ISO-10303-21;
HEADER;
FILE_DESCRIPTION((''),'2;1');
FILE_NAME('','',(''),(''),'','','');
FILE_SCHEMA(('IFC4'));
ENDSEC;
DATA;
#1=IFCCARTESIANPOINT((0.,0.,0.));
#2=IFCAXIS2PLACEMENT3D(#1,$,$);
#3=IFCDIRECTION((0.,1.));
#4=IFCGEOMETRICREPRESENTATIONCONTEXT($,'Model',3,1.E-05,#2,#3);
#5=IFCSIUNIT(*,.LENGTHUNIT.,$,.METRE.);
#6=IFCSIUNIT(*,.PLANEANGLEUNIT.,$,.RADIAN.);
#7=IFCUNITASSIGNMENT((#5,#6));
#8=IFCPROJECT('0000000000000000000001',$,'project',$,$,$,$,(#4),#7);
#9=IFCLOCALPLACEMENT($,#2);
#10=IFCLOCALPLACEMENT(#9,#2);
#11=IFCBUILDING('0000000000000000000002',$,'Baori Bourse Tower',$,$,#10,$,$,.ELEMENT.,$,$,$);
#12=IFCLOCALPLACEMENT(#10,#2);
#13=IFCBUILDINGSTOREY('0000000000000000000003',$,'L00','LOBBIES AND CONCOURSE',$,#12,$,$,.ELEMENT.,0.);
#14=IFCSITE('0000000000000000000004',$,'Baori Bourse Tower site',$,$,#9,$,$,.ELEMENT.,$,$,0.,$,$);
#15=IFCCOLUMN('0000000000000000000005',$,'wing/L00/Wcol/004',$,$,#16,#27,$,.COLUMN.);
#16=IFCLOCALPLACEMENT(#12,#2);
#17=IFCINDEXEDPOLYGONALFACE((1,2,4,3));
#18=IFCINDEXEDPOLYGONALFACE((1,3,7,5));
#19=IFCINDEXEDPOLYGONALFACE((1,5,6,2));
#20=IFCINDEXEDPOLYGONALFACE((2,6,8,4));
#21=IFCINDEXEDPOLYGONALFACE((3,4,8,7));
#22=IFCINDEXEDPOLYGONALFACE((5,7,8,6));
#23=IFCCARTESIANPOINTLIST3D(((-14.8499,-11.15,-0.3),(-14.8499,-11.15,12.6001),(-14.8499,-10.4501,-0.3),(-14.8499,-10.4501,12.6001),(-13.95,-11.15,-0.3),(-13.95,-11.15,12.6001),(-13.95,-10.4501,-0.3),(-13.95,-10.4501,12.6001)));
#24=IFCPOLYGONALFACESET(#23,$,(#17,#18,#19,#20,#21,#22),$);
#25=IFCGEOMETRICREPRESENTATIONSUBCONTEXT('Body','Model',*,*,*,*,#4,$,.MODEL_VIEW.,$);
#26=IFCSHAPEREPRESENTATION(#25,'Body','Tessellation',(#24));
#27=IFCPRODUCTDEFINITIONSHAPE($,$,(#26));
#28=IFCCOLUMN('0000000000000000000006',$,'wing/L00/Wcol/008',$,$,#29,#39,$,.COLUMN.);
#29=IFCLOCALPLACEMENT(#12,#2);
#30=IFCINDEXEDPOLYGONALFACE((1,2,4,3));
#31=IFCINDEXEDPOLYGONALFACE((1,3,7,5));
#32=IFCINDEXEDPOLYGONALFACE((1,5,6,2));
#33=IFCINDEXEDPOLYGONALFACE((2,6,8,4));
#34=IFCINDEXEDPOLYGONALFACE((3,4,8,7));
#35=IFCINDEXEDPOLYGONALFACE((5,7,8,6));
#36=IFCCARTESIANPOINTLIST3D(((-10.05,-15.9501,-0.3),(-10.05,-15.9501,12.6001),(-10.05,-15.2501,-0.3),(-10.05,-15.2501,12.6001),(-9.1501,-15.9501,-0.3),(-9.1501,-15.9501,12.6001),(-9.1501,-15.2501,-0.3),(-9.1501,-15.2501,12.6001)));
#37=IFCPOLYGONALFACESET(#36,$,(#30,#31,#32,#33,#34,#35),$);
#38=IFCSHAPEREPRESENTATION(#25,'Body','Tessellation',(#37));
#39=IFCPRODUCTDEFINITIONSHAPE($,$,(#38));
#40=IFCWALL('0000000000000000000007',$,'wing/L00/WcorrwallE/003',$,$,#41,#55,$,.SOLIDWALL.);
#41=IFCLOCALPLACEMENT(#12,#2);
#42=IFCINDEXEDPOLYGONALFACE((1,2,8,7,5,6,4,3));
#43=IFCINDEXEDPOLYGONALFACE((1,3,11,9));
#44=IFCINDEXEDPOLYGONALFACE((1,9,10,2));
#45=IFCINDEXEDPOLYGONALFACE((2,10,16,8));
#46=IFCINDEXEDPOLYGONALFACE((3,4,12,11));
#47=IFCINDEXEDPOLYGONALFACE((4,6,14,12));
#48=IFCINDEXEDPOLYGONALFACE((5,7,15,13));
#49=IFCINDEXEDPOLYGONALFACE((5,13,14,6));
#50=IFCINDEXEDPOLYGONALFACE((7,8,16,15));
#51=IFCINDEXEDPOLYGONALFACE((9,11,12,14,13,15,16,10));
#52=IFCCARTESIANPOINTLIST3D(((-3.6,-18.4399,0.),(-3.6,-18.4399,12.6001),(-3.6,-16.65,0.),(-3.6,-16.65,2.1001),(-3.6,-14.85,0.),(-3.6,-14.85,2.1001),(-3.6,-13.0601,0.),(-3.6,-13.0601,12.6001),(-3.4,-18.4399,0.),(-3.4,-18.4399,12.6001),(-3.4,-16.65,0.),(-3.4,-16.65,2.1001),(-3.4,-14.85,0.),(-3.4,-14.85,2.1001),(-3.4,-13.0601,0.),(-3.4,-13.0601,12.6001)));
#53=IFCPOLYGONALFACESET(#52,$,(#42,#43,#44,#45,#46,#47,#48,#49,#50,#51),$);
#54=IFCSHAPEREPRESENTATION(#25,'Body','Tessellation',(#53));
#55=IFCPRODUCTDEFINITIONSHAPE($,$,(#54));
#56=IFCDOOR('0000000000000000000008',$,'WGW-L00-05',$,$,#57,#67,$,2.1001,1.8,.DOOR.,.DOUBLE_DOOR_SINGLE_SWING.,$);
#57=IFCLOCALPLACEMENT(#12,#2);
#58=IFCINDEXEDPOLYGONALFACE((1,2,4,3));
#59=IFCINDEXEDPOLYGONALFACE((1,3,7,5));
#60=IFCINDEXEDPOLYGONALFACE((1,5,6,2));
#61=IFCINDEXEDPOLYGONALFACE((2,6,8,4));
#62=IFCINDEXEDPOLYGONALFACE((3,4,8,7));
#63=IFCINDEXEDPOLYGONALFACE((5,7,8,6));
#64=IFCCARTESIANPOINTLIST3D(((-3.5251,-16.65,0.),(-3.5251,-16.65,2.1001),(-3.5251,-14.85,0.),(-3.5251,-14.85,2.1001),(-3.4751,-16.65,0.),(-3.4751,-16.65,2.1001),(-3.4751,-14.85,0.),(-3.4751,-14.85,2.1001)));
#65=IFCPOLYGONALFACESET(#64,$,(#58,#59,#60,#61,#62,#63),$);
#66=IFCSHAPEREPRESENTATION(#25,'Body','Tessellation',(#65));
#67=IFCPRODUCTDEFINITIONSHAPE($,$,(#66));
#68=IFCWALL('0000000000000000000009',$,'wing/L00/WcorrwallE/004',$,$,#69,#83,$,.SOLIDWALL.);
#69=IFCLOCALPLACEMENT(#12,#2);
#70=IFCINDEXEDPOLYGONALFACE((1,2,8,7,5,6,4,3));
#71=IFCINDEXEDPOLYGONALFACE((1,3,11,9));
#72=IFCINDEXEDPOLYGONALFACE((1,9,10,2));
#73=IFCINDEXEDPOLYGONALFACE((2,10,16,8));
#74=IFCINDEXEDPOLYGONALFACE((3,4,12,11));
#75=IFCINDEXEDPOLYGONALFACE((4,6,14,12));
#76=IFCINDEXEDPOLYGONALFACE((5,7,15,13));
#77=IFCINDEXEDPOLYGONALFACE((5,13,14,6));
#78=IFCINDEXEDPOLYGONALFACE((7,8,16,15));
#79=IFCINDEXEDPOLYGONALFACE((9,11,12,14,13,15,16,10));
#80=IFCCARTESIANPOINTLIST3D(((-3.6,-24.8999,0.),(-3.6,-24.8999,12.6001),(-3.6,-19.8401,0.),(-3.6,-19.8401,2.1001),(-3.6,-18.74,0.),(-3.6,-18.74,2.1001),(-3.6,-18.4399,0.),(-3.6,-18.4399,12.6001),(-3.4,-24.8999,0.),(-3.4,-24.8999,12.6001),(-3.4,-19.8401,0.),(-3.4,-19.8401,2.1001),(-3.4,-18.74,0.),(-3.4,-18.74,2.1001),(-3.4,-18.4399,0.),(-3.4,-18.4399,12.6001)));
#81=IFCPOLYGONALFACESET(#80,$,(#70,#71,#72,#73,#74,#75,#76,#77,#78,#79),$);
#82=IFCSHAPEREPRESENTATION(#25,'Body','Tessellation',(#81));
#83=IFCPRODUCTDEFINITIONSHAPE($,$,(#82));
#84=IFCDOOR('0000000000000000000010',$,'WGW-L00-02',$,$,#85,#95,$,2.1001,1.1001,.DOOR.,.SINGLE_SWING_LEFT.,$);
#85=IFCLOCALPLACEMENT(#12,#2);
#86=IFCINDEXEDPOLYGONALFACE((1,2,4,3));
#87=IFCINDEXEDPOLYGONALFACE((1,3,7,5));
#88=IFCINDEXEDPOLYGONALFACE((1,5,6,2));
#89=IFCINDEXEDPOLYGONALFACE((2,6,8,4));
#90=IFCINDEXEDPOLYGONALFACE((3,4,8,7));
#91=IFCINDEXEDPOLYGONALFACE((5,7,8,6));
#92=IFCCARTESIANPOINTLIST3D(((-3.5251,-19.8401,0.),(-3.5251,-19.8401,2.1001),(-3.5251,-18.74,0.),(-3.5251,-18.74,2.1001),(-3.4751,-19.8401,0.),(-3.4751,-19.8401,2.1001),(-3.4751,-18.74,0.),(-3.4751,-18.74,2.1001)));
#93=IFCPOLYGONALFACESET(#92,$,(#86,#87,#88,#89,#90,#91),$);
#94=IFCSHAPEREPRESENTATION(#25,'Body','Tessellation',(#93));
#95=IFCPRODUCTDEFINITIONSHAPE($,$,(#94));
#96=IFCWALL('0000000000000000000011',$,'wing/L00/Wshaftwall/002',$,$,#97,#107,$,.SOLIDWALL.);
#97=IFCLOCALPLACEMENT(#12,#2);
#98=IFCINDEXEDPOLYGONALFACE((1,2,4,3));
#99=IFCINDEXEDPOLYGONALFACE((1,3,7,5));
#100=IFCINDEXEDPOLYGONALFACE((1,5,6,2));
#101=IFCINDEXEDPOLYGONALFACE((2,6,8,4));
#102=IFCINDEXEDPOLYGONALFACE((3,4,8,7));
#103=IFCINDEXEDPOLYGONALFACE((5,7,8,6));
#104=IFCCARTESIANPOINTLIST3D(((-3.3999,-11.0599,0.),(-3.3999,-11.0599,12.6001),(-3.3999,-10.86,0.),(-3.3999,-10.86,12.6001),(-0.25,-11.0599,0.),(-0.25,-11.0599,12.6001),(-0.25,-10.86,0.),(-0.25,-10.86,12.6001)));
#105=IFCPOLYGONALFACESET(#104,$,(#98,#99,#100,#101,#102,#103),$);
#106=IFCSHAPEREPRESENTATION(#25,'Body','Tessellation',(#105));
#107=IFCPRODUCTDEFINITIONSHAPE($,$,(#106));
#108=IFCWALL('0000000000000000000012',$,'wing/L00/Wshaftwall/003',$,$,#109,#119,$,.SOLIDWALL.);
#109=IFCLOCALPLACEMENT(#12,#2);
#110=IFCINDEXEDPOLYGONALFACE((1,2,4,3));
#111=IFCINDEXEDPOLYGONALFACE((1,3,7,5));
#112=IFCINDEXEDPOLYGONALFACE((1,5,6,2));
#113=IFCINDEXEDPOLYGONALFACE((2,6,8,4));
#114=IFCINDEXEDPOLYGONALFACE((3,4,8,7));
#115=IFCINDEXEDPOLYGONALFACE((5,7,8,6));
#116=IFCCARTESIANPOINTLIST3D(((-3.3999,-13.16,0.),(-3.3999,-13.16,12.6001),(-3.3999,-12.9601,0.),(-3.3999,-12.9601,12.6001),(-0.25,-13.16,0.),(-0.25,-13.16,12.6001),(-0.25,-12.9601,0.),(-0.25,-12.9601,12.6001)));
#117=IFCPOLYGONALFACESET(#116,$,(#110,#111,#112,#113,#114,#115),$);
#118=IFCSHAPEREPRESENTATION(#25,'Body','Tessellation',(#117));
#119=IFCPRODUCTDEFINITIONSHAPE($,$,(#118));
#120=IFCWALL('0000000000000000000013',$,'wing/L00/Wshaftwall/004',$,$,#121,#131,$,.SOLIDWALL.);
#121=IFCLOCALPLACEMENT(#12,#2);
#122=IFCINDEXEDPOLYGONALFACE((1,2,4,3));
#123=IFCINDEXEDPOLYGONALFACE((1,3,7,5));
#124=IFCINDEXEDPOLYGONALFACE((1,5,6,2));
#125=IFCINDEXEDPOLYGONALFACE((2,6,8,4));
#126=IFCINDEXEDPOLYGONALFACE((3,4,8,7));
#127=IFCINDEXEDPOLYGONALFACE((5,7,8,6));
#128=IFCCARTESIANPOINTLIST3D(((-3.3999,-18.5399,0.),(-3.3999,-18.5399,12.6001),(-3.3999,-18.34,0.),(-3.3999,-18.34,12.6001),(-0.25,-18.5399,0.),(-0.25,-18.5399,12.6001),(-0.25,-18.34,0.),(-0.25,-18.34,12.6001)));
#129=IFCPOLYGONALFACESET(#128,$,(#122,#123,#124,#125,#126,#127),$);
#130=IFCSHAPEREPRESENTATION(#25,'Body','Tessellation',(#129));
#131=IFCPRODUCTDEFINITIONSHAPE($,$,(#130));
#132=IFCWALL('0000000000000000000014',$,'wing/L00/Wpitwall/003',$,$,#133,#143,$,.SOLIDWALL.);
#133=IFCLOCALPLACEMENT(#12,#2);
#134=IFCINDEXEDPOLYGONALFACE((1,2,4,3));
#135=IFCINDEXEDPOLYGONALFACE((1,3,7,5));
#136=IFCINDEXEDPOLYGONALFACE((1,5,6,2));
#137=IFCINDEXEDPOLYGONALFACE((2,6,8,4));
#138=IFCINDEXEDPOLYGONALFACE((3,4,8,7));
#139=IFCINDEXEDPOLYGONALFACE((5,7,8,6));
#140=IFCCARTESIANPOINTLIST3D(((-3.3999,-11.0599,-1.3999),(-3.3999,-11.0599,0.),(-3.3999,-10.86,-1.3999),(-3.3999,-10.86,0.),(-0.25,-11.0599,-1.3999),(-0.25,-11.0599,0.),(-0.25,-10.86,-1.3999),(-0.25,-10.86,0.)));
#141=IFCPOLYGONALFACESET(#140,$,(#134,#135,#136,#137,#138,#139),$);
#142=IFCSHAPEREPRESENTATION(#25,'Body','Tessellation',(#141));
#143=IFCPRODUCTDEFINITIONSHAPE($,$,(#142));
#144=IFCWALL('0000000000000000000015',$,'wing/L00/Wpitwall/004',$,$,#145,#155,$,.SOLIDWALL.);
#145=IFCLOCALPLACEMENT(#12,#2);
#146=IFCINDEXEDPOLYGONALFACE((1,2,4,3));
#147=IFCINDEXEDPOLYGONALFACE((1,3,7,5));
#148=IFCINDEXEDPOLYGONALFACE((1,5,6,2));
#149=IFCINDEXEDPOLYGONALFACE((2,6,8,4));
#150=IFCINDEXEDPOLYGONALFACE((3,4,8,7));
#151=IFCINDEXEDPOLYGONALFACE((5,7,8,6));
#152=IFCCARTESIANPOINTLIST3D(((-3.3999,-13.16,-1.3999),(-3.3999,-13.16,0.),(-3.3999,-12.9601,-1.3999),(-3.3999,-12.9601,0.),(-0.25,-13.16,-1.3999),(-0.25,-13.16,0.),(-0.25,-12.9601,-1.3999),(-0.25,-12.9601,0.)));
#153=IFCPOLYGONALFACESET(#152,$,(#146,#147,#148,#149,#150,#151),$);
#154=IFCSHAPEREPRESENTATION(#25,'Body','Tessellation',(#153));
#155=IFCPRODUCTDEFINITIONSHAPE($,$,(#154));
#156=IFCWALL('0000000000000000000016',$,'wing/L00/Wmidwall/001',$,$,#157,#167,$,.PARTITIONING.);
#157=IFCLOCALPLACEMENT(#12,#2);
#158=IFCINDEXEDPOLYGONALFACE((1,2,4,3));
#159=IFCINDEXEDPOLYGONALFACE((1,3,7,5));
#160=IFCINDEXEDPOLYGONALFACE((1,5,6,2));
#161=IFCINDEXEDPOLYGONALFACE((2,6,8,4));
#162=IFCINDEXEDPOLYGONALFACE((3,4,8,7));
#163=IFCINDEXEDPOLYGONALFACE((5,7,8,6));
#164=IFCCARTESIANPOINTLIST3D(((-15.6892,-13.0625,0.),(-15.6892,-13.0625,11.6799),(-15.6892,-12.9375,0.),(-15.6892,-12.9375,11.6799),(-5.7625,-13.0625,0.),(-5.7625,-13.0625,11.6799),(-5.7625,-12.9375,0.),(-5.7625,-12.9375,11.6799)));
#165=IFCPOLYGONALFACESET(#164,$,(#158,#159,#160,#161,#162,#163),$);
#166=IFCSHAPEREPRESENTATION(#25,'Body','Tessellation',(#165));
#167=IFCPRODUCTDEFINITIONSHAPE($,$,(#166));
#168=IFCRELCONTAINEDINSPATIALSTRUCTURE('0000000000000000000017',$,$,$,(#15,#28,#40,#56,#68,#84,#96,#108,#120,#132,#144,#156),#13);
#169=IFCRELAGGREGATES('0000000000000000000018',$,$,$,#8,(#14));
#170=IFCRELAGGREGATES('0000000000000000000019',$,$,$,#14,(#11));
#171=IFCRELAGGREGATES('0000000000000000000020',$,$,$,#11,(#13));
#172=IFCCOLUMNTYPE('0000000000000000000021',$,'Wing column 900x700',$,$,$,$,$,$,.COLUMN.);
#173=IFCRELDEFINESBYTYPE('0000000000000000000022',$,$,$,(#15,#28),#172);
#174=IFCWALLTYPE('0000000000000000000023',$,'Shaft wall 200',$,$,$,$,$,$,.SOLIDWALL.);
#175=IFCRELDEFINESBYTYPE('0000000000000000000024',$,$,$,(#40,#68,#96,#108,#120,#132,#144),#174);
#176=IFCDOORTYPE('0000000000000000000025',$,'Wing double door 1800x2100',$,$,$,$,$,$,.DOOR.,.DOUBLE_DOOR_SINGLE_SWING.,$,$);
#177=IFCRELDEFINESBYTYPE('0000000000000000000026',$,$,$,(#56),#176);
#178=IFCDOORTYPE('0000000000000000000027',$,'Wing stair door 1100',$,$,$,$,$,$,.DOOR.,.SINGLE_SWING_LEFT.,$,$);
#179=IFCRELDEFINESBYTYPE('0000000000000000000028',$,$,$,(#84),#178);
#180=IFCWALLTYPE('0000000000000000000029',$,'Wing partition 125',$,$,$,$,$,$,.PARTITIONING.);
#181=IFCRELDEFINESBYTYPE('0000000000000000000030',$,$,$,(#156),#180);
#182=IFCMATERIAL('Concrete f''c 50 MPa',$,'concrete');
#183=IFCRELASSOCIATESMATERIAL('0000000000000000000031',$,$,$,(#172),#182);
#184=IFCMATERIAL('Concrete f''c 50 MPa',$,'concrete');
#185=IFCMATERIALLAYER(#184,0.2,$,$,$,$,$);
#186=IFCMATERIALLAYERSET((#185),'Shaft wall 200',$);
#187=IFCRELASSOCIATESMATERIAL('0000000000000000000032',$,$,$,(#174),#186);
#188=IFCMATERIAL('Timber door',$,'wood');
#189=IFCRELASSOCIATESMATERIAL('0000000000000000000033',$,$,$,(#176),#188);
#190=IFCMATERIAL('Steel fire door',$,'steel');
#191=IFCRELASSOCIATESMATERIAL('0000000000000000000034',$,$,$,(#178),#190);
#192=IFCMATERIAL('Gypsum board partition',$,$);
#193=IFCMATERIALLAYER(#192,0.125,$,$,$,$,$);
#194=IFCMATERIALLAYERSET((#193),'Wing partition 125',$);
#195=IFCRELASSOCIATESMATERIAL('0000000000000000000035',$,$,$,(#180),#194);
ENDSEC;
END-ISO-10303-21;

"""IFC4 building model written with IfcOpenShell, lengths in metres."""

from ifc_helpers import new_model, si_unit, direction, frame, frame_2d, origin, origin_2d, place, context, subcontext, project, spatial, rectangle, extrude, material, layer, layer_set, material_profile, profile_set, type_object, element, fill, save


model = new_model("IFC4")

# Units and contexts
model_context = context("Model", 3, precision=1e-05, world=origin(), true_north=direction((0.0, 1.0)))
body_context = subcontext(model_context, "Body", "Model", "MODEL_VIEW")
ifc_project = project(units=[si_unit("LENGTHUNIT", "METRE"), si_unit("PLANEANGLEUNIT", "RADIAN")], contexts=[model_context])

# Site, building, storey
site_placement = place(None, origin())
site = spatial("IfcSite", under=ifc_project, at=site_placement, Name="Baori Bourse Tower site", CompositionType="ELEMENT", RefElevation=0.0)
building_placement = place(site_placement, origin())
building = spatial("IfcBuilding", under=site, at=building_placement, Name="Baori Bourse Tower", CompositionType="ELEMENT")
storey_placement = place(building_placement, origin())
storey = spatial("IfcBuildingStorey", under=building, at=storey_placement, Name="L00", Description="LOBBIES AND CONCOURSE", CompositionType="ELEMENT", Elevation=0.0)

# Columns
ifc_material_1 = material(Name="Concrete f'c 50 MPa", Category="concrete")
ifc_material_profile_1 = material_profile(ifc_material_1, rectangle(XDim=0.8999, YDim=0.7, at=origin_2d()), Name="Wing column 900x700")
ifc_profile_set_1 = profile_set([ifc_material_profile_1], Name="Concrete f'c 50 MPa")
column_type = type_object("IfcColumnType", Name="Wing column 900x700", PredefinedType="COLUMN", material=ifc_profile_set_1)
for number, where, z_axis, x_axis, name in (
    (1, (-14.3999, -10.8, -0.3), (0.0, 0.0, 1.0), (1.0, 0.0, 0.0), "wing/L00/Wcol/004"),
    (2, (-9.6001, -15.6001, -0.3), (0.0, 0.0, 1.0), (1.0, 0.0, 0.0), "wing/L00/Wcol/008"),
):
    element("IfcColumn", number, at=place(storey_placement, frame(where, z_axis=z_axis, x_axis=x_axis)), inside=storey, type_object=column_type, Name=name, PredefinedType="COLUMN", context=body_context, shape_type="SweptSolid", body=[
        extrude(rectangle(XDim=0.8999, YDim=0.7, at=origin_2d()), origin(), (0.0, 0.0, 1.0), 12.9001),
    ])

# Walls, openings, doors
ifc_material_2 = material(Name="Concrete f'c 50 MPa", Category="concrete")
ifc_layer_1 = layer(ifc_material_2, 0.2)
ifc_layer_set_1 = layer_set([ifc_layer_1], Name="Shaft wall 200")
wall_type_1 = type_object("IfcWallType", Name="Shaft wall 200", PredefinedType="SOLIDWALL", material=ifc_layer_set_1)
wall_1_placement = place(storey_placement, frame((-3.5, -13.0601, 0.0), z_axis=(0.0, 0.0, 1.0), x_axis=(0.0, -1.0, 0.0)))
wall_1 = element("IfcWall", 3, at=wall_1_placement, inside=storey, type_object=wall_type_1, Name="wing/L00/WcorrwallE/003", PredefinedType="SOLIDWALL", context=body_context, shape_type="SweptSolid", body=[
    extrude(rectangle(XDim=5.3799, YDim=0.2, at=frame_2d((2.6899, 0.0))), origin(), (0.0, 0.0, 1.0), 12.6001),
])
opening_1_placement = place(wall_1_placement, frame((1.79, 0.0, 0.0)))
opening_1 = element("IfcOpeningElement", 4, at=opening_1_placement, cuts=wall_1, PredefinedType="OPENING", context=body_context, shape_type="SweptSolid", body=[
    extrude(rectangle(XDim=1.8, YDim=2.1001, at=frame_2d((0.8999, 1.05))), frame((0.0, 0.1099, 0.0), z_axis=(0.0, -1.0, 0.0), x_axis=(1.0, 0.0, 0.0)), (0.0, 0.0, 1.0), 0.22),
])
ifc_material_3 = material(Name="Timber door", Category="wood")
door_type_1 = type_object("IfcDoorType", Name="Wing double door 1800x2100", OperationType="DOUBLE_DOOR_SINGLE_SWING", PredefinedType="DOOR", material=ifc_material_3)
door_1_placement = place(opening_1_placement, origin())
door_1 = element("IfcDoor", 5, at=door_1_placement, inside=storey, type_object=door_type_1, Name="WGW-L00-05", OperationType="DOUBLE_DOOR_SINGLE_SWING", OverallHeight=2.1001, OverallWidth=1.8, PredefinedType="DOOR", context=body_context, shape_type="SweptSolid", body=[
    extrude(rectangle(XDim=1.8, YDim=2.1001, at=frame_2d((0.8999, 1.05))), frame((0.0, 0.0249, 0.0), z_axis=(0.0, -1.0, 0.0), x_axis=(1.0, 0.0, 0.0)), (0.0, 0.0, 1.0), 0.05),
])
fill(opening_1, door_1)
wall_2_placement = place(storey_placement, frame((-3.5, -18.4399, 0.0), z_axis=(0.0, 0.0, 1.0), x_axis=(0.0, -1.0, 0.0)))
wall_2 = element("IfcWall", 6, at=wall_2_placement, inside=storey, type_object=wall_type_1, Name="wing/L00/WcorrwallE/004", PredefinedType="SOLIDWALL", context=body_context, shape_type="SweptSolid", body=[
    extrude(rectangle(XDim=6.46, YDim=0.2, at=frame_2d((3.23, 0.0))), origin(), (0.0, 0.0, 1.0), 12.6001),
])
opening_2_placement = place(wall_2_placement, frame((0.3, 0.0, 0.0)))
opening_2 = element("IfcOpeningElement", 7, at=opening_2_placement, cuts=wall_2, PredefinedType="OPENING", context=body_context, shape_type="SweptSolid", body=[
    extrude(rectangle(XDim=1.1001, YDim=2.1001, at=frame_2d((0.55, 1.05))), frame((0.0, 0.1099, 0.0), z_axis=(0.0, -1.0, 0.0), x_axis=(1.0, 0.0, 0.0)), (0.0, 0.0, 1.0), 0.22),
])
ifc_material_4 = material(Name="Steel fire door", Category="steel")
door_type_2 = type_object("IfcDoorType", Name="Wing stair door 1100", OperationType="SINGLE_SWING_LEFT", PredefinedType="DOOR", material=ifc_material_4)
door_2_placement = place(opening_2_placement, origin())
door_2 = element("IfcDoor", 8, at=door_2_placement, inside=storey, type_object=door_type_2, Name="WGW-L00-02", OperationType="SINGLE_SWING_LEFT", OverallHeight=2.1001, OverallWidth=1.1001, PredefinedType="DOOR", context=body_context, shape_type="SweptSolid", body=[
    extrude(rectangle(XDim=1.1001, YDim=2.1001, at=frame_2d((0.55, 1.05))), frame((0.0, 0.0249, 0.0), z_axis=(0.0, -1.0, 0.0), x_axis=(1.0, 0.0, 0.0)), (0.0, 0.0, 1.0), 0.05),
])
fill(opening_2, door_2)

# Walls
for number, where, z_axis, x_axis, name in (
    (9, (-3.3999, -10.96, 0.0), (0.0, 0.0, 1.0), (1.0, 0.0, 0.0), "wing/L00/Wshaftwall/002"),
    (10, (-3.3999, -13.0601, 0.0), (0.0, 0.0, 1.0), (1.0, 0.0, 0.0), "wing/L00/Wshaftwall/003"),
    (11, (-3.3999, -18.4399, 0.0), (0.0, 0.0, 1.0), (1.0, 0.0, 0.0), "wing/L00/Wshaftwall/004"),
):
    element("IfcWall", number, at=place(storey_placement, frame(where, z_axis=z_axis, x_axis=x_axis)), inside=storey, type_object=wall_type_1, Name=name, PredefinedType="SOLIDWALL", context=body_context, shape_type="SweptSolid", body=[
        extrude(rectangle(XDim=3.1499, YDim=0.2, at=frame_2d((1.575, 0.0))), origin(), (0.0, 0.0, 1.0), 12.6001),
    ])
for number, where, z_axis, x_axis, name in (
    (12, (-3.3999, -10.96, -1.3999), (0.0, 0.0, 1.0), (1.0, 0.0, 0.0), "wing/L00/Wpitwall/003"),
    (13, (-3.3999, -13.0601, -1.3999), (0.0, 0.0, 1.0), (1.0, 0.0, 0.0), "wing/L00/Wpitwall/004"),
):
    element("IfcWall", number, at=place(storey_placement, frame(where, z_axis=z_axis, x_axis=x_axis)), inside=storey, type_object=wall_type_1, Name=name, PredefinedType="SOLIDWALL", context=body_context, shape_type="SweptSolid", body=[
        extrude(rectangle(XDim=3.1499, YDim=0.2, at=frame_2d((1.575, 0.0))), origin(), (0.0, 0.0, 1.0), 1.3999),
    ])
ifc_material_5 = material(Name="Gypsum board partition")
ifc_layer_2 = layer(ifc_material_5, 0.125)
ifc_layer_set_2 = layer_set([ifc_layer_2], Name="Wing partition 125")
wall_type_2 = type_object("IfcWallType", Name="Wing partition 125", PredefinedType="PARTITIONING", material=ifc_layer_set_2)
wall_3_placement = place(storey_placement, frame((-5.7625, -13.0, 0.0), z_axis=(0.0, 0.0, 1.0), x_axis=(-1.0, 0.0, 0.0)))
element("IfcWall", 14, at=wall_3_placement, inside=storey, type_object=wall_type_2, Name="wing/L00/Wmidwall/001", PredefinedType="PARTITIONING", context=body_context, shape_type="SweptSolid", body=[
    extrude(rectangle(XDim=9.9268, YDim=0.125, at=frame_2d((4.9634, 0.0))), origin(), (0.0, 0.0, 1.0), 11.6799),
])

save(model, "model.ifc")
